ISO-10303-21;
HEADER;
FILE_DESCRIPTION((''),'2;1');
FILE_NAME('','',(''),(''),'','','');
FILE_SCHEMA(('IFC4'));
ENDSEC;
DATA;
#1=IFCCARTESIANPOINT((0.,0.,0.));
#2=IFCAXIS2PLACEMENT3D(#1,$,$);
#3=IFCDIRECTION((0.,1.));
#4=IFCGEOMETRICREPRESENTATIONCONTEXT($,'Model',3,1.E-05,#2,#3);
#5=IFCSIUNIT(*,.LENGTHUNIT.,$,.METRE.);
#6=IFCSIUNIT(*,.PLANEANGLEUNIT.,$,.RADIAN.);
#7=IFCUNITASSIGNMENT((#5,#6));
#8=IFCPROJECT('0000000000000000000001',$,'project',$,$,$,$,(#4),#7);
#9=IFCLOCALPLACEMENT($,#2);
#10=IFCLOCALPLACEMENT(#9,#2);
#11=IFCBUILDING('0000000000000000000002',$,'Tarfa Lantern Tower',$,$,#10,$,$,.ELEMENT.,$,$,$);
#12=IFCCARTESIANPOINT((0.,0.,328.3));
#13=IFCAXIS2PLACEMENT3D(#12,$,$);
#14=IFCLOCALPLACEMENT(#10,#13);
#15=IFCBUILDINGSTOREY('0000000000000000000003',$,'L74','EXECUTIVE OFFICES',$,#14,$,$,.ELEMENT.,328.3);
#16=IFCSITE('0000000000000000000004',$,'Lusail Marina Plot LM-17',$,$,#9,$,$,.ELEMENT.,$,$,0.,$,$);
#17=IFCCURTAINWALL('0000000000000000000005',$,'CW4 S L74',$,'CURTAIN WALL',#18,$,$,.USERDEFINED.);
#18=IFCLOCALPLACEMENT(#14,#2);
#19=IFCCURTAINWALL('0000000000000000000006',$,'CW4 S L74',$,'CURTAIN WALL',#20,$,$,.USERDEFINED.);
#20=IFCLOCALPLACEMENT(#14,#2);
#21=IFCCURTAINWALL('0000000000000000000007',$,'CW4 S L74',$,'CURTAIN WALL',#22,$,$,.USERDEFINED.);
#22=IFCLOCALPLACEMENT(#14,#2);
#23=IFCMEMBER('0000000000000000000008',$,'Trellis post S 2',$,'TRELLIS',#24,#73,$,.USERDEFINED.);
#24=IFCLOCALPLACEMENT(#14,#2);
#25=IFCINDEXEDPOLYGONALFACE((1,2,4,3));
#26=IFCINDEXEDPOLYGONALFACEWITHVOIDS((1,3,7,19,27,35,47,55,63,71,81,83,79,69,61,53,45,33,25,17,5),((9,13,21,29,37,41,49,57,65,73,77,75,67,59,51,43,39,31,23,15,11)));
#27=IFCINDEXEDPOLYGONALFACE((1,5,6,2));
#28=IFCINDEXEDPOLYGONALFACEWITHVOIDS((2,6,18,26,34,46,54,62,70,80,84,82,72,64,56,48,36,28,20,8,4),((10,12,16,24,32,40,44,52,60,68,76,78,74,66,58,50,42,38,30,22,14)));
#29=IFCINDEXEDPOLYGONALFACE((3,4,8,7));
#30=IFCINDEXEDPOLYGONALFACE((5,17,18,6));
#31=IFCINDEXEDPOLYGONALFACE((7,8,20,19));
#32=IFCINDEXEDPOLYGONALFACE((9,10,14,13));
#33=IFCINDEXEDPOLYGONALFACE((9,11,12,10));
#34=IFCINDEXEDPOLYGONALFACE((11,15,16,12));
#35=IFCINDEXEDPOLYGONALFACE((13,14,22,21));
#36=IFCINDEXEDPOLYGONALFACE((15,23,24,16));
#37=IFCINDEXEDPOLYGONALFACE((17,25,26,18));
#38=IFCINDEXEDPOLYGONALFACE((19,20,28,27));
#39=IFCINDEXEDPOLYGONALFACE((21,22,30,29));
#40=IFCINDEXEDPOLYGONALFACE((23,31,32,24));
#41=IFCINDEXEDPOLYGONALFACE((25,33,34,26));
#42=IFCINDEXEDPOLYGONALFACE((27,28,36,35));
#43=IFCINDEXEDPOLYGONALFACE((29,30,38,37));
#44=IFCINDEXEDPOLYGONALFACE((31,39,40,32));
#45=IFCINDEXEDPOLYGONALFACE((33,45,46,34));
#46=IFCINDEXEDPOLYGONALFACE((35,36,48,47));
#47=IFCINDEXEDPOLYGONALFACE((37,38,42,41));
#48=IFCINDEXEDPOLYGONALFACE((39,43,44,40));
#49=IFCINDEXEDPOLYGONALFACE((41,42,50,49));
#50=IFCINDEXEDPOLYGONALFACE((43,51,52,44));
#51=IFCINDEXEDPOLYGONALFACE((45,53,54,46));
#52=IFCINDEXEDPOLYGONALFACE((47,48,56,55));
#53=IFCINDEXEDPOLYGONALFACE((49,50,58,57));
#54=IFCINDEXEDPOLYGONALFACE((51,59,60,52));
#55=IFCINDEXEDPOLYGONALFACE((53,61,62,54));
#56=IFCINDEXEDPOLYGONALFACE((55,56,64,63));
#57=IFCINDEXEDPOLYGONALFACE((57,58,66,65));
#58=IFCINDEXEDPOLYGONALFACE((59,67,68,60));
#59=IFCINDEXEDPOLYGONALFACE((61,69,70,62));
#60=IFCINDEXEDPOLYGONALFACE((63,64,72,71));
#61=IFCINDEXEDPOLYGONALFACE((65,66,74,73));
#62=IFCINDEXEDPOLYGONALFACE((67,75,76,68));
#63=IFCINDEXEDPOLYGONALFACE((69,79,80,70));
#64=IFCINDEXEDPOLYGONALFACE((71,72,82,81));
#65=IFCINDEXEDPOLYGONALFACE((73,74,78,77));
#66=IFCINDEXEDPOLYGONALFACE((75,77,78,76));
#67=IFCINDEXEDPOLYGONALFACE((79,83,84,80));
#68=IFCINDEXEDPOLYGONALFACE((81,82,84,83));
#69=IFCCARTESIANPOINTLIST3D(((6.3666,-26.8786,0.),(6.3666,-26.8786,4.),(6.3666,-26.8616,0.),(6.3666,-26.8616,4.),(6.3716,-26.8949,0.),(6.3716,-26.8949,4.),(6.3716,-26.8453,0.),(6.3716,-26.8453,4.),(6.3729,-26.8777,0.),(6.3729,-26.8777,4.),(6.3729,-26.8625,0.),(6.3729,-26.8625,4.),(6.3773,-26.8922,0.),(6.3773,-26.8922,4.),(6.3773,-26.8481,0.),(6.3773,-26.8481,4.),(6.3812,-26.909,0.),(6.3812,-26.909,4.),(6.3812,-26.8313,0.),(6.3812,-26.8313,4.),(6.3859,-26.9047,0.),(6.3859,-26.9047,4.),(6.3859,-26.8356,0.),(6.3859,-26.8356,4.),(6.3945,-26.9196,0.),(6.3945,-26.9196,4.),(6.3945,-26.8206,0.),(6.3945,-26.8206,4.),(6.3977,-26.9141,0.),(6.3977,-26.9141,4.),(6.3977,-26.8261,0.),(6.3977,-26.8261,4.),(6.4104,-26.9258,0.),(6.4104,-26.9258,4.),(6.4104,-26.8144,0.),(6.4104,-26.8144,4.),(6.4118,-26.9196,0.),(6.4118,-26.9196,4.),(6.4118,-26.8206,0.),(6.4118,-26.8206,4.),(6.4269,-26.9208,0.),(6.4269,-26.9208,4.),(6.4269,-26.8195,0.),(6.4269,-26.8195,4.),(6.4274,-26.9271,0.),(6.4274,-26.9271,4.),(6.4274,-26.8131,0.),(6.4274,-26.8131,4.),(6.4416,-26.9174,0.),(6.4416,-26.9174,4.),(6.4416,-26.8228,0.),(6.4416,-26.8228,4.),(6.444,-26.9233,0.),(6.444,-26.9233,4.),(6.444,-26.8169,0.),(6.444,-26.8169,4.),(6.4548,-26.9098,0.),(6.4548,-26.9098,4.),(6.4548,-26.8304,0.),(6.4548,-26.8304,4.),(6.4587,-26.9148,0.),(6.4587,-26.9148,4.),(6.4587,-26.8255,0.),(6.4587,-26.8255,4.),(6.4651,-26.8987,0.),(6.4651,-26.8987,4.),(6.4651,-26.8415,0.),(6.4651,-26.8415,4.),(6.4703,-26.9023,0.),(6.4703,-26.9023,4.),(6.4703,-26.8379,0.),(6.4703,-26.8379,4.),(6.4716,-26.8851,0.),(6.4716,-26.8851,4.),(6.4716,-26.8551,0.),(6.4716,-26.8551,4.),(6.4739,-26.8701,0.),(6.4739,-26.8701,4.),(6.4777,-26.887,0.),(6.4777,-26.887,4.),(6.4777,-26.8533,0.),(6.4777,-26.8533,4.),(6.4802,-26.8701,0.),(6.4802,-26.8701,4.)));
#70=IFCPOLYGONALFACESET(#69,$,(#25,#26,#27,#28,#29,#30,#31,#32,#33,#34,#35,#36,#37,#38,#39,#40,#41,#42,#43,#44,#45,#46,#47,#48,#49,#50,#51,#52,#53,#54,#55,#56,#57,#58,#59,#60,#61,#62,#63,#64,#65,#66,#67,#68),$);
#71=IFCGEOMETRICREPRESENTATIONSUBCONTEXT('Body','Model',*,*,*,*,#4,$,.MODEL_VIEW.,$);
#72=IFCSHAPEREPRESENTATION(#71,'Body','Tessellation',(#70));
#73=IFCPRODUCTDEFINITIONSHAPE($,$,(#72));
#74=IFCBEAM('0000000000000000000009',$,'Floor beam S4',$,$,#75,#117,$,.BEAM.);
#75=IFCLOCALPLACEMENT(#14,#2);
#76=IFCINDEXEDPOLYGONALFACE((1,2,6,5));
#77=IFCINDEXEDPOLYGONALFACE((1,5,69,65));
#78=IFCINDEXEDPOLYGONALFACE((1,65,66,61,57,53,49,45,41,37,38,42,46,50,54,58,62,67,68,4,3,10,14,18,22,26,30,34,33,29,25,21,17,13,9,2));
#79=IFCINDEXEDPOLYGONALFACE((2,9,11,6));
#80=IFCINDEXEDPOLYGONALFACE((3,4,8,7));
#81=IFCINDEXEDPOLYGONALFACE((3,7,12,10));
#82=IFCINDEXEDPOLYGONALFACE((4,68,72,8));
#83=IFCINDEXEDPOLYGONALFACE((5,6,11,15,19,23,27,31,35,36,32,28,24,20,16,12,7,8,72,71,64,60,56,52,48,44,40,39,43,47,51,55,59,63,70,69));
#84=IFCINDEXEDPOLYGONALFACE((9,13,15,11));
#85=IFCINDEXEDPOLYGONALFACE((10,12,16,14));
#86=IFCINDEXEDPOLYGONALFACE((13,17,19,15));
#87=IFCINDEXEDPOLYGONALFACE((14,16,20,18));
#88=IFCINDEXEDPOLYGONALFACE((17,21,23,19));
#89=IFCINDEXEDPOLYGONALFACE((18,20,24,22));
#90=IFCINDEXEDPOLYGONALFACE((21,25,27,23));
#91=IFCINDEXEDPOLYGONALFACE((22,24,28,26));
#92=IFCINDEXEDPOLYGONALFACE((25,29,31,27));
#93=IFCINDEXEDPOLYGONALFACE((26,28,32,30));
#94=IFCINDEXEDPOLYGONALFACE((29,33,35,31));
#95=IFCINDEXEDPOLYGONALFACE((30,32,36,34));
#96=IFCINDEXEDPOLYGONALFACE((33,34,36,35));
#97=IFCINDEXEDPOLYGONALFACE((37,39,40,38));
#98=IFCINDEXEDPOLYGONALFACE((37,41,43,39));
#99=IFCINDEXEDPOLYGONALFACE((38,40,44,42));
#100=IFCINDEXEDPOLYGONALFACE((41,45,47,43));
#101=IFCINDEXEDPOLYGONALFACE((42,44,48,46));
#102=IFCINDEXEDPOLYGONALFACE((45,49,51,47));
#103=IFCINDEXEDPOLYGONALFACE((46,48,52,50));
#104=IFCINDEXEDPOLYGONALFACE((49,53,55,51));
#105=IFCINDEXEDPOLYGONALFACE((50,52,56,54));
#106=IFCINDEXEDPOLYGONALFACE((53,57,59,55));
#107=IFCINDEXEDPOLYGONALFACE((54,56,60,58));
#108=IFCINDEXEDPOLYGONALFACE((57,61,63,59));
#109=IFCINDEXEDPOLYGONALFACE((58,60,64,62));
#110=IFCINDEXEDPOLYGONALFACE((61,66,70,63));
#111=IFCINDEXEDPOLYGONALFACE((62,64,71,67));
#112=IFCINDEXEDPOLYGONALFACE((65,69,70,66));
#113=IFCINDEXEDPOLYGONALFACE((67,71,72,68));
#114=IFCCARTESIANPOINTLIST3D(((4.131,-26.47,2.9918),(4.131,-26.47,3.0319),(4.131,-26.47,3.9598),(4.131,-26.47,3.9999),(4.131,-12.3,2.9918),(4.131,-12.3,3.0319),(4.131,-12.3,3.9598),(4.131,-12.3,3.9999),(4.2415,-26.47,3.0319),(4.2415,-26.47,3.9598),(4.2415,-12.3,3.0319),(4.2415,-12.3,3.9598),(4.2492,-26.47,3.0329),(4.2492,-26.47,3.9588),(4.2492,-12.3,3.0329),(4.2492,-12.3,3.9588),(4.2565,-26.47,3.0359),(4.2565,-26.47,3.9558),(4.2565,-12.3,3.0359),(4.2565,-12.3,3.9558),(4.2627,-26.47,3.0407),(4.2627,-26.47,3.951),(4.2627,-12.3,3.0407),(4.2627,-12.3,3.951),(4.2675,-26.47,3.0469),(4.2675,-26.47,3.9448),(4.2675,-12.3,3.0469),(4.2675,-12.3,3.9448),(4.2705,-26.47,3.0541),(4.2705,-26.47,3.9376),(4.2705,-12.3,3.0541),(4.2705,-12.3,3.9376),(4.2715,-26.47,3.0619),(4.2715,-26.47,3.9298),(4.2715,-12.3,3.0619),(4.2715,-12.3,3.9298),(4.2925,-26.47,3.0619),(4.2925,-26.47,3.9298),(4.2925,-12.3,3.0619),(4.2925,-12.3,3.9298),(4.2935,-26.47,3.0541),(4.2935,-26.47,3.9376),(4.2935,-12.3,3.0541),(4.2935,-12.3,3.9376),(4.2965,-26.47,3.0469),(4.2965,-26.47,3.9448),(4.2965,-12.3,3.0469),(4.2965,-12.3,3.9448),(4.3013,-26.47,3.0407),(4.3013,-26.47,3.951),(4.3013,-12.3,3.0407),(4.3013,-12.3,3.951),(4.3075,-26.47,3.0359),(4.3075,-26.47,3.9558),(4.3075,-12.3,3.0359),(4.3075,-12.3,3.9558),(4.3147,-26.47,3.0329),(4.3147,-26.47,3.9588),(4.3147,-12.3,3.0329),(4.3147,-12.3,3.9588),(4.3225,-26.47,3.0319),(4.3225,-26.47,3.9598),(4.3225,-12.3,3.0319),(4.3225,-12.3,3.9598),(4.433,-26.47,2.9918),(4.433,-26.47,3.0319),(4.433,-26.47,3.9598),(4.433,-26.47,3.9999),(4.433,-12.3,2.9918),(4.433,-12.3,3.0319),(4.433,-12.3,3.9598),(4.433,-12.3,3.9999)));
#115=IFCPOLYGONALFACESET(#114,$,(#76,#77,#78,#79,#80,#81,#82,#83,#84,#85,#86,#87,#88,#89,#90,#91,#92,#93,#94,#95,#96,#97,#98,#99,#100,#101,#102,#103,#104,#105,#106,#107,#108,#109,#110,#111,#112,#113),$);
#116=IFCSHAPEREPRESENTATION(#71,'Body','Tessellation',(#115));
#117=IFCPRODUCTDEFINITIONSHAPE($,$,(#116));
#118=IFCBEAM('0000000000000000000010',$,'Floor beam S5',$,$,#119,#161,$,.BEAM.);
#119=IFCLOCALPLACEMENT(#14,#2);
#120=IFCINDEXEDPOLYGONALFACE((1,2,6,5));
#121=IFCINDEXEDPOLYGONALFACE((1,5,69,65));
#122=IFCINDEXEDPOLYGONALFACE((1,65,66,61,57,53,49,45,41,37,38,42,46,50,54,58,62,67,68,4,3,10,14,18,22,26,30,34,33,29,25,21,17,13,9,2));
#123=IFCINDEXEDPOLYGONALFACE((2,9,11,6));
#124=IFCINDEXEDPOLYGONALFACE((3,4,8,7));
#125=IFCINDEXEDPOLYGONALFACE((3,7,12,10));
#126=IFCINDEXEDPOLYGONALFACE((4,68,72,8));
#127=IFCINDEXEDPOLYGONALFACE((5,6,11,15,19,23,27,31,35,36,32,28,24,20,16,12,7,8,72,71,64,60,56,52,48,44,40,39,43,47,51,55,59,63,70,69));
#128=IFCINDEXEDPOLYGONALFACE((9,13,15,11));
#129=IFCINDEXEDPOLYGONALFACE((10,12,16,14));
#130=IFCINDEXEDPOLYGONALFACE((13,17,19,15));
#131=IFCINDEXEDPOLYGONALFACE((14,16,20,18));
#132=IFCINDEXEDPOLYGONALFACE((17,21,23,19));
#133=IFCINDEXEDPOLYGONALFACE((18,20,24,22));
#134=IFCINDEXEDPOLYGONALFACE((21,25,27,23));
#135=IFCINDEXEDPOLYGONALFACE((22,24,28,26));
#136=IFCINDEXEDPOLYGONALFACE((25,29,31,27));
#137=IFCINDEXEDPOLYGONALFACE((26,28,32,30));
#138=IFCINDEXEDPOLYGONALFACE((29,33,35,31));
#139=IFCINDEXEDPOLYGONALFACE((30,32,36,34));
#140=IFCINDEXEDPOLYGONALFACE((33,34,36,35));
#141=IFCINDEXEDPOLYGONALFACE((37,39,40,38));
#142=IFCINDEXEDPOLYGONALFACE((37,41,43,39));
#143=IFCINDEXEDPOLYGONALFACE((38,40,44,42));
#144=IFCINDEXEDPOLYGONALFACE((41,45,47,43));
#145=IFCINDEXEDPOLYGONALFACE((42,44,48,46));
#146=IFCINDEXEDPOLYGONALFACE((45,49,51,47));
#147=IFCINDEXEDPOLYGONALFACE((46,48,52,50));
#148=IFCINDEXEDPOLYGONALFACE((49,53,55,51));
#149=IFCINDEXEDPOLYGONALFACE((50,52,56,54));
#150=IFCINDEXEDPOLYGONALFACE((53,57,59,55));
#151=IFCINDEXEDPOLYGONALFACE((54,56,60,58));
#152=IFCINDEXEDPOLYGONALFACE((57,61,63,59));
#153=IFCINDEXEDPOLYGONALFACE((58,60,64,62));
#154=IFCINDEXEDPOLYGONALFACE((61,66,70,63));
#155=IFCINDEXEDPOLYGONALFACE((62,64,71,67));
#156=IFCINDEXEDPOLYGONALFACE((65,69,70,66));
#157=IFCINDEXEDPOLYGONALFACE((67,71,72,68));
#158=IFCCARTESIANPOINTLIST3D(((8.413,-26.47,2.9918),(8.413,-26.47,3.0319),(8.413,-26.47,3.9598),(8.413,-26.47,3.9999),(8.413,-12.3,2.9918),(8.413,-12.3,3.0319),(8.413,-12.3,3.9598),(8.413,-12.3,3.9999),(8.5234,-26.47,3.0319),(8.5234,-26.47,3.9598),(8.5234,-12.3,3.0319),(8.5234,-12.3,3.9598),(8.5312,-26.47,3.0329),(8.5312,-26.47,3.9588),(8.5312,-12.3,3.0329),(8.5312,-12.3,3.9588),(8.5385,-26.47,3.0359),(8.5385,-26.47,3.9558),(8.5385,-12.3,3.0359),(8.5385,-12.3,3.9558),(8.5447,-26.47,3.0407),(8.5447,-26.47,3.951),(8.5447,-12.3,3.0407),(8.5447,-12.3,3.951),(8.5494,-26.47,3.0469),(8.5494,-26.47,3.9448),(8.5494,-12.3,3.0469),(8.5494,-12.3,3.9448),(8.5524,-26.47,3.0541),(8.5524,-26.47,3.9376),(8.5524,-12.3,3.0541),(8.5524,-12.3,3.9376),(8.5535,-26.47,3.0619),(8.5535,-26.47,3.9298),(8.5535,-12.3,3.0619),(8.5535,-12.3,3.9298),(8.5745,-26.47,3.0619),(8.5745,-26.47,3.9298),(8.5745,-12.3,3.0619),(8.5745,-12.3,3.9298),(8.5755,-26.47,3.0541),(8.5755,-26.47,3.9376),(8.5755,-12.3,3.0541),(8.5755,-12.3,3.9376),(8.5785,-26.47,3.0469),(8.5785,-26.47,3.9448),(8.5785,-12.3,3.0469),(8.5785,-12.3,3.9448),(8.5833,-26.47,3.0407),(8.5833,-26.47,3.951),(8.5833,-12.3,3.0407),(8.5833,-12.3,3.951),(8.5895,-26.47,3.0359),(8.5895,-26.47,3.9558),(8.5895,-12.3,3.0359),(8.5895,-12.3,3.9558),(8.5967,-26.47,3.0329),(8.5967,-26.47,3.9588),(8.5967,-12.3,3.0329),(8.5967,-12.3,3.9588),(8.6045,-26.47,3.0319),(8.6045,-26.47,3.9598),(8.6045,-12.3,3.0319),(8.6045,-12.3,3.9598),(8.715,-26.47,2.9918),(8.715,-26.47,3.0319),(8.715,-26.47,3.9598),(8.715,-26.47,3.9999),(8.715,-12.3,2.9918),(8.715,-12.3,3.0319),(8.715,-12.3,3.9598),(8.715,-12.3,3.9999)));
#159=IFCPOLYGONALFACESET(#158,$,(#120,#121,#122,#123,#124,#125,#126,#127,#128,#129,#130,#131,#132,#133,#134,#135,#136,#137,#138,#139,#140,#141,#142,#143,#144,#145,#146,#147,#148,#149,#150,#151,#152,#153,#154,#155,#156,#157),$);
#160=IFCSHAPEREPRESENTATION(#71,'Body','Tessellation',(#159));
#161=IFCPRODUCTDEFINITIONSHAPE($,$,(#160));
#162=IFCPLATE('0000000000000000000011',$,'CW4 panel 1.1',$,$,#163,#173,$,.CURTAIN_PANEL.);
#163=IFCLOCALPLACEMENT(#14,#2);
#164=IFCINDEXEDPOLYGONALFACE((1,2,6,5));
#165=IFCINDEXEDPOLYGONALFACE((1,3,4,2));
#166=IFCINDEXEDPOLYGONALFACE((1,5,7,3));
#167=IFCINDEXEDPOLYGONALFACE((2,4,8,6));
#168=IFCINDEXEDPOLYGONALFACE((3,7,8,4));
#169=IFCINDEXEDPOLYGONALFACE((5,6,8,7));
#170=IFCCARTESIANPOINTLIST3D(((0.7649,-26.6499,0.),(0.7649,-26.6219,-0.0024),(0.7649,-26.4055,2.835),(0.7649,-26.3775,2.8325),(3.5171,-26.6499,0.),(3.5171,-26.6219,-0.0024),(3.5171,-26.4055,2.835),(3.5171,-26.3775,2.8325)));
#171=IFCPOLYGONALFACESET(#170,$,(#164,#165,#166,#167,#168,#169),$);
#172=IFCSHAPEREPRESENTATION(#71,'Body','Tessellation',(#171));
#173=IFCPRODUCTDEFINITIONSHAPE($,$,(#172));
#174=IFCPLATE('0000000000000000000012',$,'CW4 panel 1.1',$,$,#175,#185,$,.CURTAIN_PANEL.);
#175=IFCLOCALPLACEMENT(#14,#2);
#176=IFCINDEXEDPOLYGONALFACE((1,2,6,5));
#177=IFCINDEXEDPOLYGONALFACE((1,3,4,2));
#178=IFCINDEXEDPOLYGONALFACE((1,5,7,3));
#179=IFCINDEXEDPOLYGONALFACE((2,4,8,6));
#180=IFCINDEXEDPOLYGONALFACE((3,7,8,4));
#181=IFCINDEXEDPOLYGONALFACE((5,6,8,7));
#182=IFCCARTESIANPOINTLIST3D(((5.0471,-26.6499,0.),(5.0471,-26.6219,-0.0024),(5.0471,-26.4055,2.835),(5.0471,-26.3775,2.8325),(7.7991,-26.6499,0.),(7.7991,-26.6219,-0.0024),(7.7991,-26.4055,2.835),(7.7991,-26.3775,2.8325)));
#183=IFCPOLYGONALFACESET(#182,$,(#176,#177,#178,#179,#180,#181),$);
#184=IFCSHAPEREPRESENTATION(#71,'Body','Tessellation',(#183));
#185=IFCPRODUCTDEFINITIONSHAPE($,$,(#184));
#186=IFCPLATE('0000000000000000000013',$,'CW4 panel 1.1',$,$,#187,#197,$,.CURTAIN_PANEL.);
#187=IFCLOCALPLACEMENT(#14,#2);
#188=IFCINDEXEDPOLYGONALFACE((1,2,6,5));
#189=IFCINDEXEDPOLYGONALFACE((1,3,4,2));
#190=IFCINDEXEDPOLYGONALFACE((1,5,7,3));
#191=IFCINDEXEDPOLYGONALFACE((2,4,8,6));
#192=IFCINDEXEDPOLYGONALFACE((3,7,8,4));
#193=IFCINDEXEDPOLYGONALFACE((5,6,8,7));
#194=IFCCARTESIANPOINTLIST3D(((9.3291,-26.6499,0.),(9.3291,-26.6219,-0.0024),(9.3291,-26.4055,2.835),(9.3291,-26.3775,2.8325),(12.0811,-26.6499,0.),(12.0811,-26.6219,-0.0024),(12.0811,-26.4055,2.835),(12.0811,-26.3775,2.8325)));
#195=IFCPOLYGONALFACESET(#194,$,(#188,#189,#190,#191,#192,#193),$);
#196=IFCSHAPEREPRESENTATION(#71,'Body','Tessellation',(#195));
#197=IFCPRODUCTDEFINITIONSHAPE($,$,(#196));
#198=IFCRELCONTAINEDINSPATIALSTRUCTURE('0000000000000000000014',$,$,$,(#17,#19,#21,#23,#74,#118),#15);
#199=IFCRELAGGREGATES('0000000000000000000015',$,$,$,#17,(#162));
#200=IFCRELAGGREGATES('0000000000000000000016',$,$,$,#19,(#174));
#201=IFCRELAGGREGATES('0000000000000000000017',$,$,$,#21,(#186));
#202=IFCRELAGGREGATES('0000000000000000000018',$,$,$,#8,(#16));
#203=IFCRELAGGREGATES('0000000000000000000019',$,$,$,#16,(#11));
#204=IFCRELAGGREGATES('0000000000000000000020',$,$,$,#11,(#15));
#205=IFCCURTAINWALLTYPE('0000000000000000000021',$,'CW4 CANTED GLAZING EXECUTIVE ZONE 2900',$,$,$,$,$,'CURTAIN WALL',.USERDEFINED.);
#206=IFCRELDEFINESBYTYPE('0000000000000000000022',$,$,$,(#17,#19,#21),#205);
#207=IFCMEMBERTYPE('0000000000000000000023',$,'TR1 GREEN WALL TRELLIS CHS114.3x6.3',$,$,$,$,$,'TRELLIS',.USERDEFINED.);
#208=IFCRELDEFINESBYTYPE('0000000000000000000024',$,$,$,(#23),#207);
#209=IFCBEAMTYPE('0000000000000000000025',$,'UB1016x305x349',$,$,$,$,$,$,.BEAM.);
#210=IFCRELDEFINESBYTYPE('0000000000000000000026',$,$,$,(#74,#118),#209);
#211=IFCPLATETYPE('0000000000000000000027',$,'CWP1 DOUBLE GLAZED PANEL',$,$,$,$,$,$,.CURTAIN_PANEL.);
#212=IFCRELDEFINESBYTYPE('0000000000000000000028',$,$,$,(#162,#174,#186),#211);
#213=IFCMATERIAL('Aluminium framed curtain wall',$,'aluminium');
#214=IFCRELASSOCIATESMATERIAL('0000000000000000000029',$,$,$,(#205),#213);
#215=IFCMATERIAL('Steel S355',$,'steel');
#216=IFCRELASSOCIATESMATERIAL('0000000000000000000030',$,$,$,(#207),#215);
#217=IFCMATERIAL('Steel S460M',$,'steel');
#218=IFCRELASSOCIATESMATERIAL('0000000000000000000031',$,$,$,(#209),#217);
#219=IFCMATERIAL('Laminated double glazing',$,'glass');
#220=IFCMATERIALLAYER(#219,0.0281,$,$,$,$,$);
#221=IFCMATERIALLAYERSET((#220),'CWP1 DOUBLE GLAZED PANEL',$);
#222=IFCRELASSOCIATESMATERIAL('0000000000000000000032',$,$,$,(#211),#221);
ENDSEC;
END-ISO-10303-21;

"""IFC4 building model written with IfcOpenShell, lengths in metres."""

from ifc_helpers import new_model, si_unit, direction, frame, origin, origin_2d, place, context, subcontext, project, spatial, polyline, hollow_circle, i_section, outline, extrude, material, layer, layer_set, material_profile, profile_set, type_object, element, aggregate, save


model = new_model("IFC4")

# Units and contexts
model_context = context("Model", 3, precision=1e-05, world=origin(), true_north=direction((0.0, 1.0)))
body_context = subcontext(model_context, "Body", "Model", "MODEL_VIEW")
ifc_project = project(units=[si_unit("LENGTHUNIT", "METRE"), si_unit("PLANEANGLEUNIT", "RADIAN")], contexts=[model_context])

# Site, building, storey
site_placement = place(None, origin())
site = spatial("IfcSite", under=ifc_project, at=site_placement, Name="Lusail Marina Plot LM-17", CompositionType="ELEMENT", RefElevation=0.0)
building_placement = place(site_placement, origin())
building = spatial("IfcBuilding", under=site, at=building_placement, Name="Tarfa Lantern Tower", CompositionType="ELEMENT")
storey_placement = place(building_placement, frame((0.0, 0.0, 328.3)))
storey = spatial("IfcBuildingStorey", under=building, at=storey_placement, Name="L74", Description="EXECUTIVE OFFICES", CompositionType="ELEMENT", Elevation=328.3)

# Curtain walls
ifc_material_1 = material(Name="Aluminium framed curtain wall", Category="aluminium")
curtain_wall_type = type_object("IfcCurtainWallType", Name="CW4 CANTED GLAZING EXECUTIVE ZONE 2900", ElementType="CURTAIN WALL", PredefinedType="USERDEFINED", material=ifc_material_1)
curtain_wall_1_placement = place(storey_placement, origin())
curtain_wall_1 = element("IfcCurtainWall", 1, at=curtain_wall_1_placement, inside=storey, type_object=curtain_wall_type, Name="CW4 S L74", ObjectType="CURTAIN WALL", PredefinedType="USERDEFINED")
curtain_wall_2_placement = place(storey_placement, origin())
curtain_wall_2 = element("IfcCurtainWall", 2, at=curtain_wall_2_placement, inside=storey, type_object=curtain_wall_type, Name="CW4 S L74", ObjectType="CURTAIN WALL", PredefinedType="USERDEFINED")
curtain_wall_3_placement = place(storey_placement, origin())
curtain_wall_3 = element("IfcCurtainWall", 3, at=curtain_wall_3_placement, inside=storey, type_object=curtain_wall_type, Name="CW4 S L74", ObjectType="CURTAIN WALL", PredefinedType="USERDEFINED")

# Member
ifc_material_2 = material(Name="Steel S355", Category="steel")
ifc_material_profile_1 = material_profile(ifc_material_2, hollow_circle(Radius=0.0571, WallThickness=0.0063, at=origin_2d()), Name="CHS114.3x6.3")
ifc_profile_set_1 = profile_set([ifc_material_profile_1], Name="Steel S355")
member_type_1 = type_object("IfcMemberType", Name="TR1 GREEN WALL TRELLIS CHS114.3x6.3", ElementType="TRELLIS", PredefinedType="USERDEFINED", material=ifc_profile_set_1)
member_1_placement = place(storey_placement, frame((6.4231, -26.8701, 0.0), z_axis=(0.0, 0.0, 1.0), x_axis=(1.0, 0.0, 0.0)))
element("IfcMember", 4, at=member_1_placement, inside=storey, type_object=member_type_1, Name="Trellis post S 2", ObjectType="TRELLIS", PredefinedType="USERDEFINED", context=body_context, shape_type="SweptSolid", body=[
    extrude(hollow_circle(Radius=0.0571, WallThickness=0.0063, at=origin_2d()), origin(), (0.0, 0.0, 1.0), 4.0),
])

# Beams
ifc_material_3 = material(Name="Steel S460M", Category="steel")
ifc_material_profile_2 = material_profile(ifc_material_3, i_section(OverallWidth=0.302, OverallDepth=1.0081, WebThickness=0.021, FlangeThickness=0.04, FilletRadius=0.03, at=origin_2d()), Name="UB1016x305x349")
ifc_profile_set_2 = profile_set([ifc_material_profile_2], Name="Steel S460M")
beam_type_1 = type_object("IfcBeamType", Name="UB1016x305x349", PredefinedType="BEAM", material=ifc_profile_set_2)
for number, where, z_axis, x_axis, name in (
    (5, (4.282, -26.47, 3.4958), (0.0, 1.0, 0.0), (-1.0, 0.0, 0.0), "Floor beam S4"),
    (6, (8.564, -26.47, 3.4958), (0.0, 1.0, 0.0), (-1.0, 0.0, 0.0), "Floor beam S5"),
):
    element("IfcBeam", number, at=place(storey_placement, frame(where, z_axis=z_axis, x_axis=x_axis)), inside=storey, type_object=beam_type_1, Name=name, PredefinedType="BEAM", context=body_context, shape_type="SweptSolid", body=[
        extrude(i_section(OverallWidth=0.302, OverallDepth=1.0081, WebThickness=0.021, FlangeThickness=0.04, FilletRadius=0.03, at=origin_2d()), origin(), (0.0, 0.0, 1.0), 14.1699),
    ])

# Plates
ifc_material_4 = material(Name="Laminated double glazing", Category="glass")
ifc_layer_1 = layer(ifc_material_4, 0.0281)
ifc_layer_set_1 = layer_set([ifc_layer_1], Name="CWP1 DOUBLE GLAZED PANEL")
plate_type = type_object("IfcPlateType", Name="CWP1 DOUBLE GLAZED PANEL", PredefinedType="CURTAIN_PANEL", material=ifc_layer_set_1)
plate_1_placement = place(storey_placement, frame((0.7649, -26.6499, 0.0), z_axis=(0.0, -0.996305, 0.085885), x_axis=(1.0, 0.0, 0.0)))
plate_1 = element("IfcPlate", 7, at=plate_1_placement, type_object=plate_type, Name="CW4 panel 1.1", PredefinedType="CURTAIN_PANEL", context=body_context, shape_type="SweptSolid", body=[
    extrude(outline(polyline([(0.0, 0.0), (2.7522, 0.0), (2.7522, 2.8455), (0.0, 2.8455), (0.0, 0.0)])), origin(), (0.0, 0.0, -1.0), 0.0281),
])
aggregate(curtain_wall_1, [plate_1])
plate_2_placement = place(storey_placement, frame((5.0471, -26.6499, 0.0), z_axis=(0.0, -0.996305, 0.085885), x_axis=(1.0, 0.0, 0.0)))
plate_2 = element("IfcPlate", 8, at=plate_2_placement, type_object=plate_type, Name="CW4 panel 1.1", PredefinedType="CURTAIN_PANEL", context=body_context, shape_type="SweptSolid", body=[
    extrude(outline(polyline([(0.0, 0.0), (2.752, 0.0), (2.752, 2.8455), (0.0, 2.8455), (0.0, 0.0)])), origin(), (0.0, 0.0, -1.0), 0.0281),
])
aggregate(curtain_wall_2, [plate_2])
plate_3_placement = place(storey_placement, frame((9.3291, -26.6499, 0.0), z_axis=(0.0, -0.996305, 0.085885), x_axis=(1.0, 0.0, 0.0)))
plate_3 = element("IfcPlate", 9, at=plate_3_placement, type_object=plate_type, Name="CW4 panel 1.1", PredefinedType="CURTAIN_PANEL", context=body_context, shape_type="SweptSolid", body=[
    extrude(outline(polyline([(0.0, 0.0), (2.752, 0.0), (2.752, 2.8455), (0.0, 2.8455), (0.0, 0.0)])), origin(), (0.0, 0.0, -1.0), 0.0281),
])
aggregate(curtain_wall_3, [plate_3])

save(model, "model.ifc")
